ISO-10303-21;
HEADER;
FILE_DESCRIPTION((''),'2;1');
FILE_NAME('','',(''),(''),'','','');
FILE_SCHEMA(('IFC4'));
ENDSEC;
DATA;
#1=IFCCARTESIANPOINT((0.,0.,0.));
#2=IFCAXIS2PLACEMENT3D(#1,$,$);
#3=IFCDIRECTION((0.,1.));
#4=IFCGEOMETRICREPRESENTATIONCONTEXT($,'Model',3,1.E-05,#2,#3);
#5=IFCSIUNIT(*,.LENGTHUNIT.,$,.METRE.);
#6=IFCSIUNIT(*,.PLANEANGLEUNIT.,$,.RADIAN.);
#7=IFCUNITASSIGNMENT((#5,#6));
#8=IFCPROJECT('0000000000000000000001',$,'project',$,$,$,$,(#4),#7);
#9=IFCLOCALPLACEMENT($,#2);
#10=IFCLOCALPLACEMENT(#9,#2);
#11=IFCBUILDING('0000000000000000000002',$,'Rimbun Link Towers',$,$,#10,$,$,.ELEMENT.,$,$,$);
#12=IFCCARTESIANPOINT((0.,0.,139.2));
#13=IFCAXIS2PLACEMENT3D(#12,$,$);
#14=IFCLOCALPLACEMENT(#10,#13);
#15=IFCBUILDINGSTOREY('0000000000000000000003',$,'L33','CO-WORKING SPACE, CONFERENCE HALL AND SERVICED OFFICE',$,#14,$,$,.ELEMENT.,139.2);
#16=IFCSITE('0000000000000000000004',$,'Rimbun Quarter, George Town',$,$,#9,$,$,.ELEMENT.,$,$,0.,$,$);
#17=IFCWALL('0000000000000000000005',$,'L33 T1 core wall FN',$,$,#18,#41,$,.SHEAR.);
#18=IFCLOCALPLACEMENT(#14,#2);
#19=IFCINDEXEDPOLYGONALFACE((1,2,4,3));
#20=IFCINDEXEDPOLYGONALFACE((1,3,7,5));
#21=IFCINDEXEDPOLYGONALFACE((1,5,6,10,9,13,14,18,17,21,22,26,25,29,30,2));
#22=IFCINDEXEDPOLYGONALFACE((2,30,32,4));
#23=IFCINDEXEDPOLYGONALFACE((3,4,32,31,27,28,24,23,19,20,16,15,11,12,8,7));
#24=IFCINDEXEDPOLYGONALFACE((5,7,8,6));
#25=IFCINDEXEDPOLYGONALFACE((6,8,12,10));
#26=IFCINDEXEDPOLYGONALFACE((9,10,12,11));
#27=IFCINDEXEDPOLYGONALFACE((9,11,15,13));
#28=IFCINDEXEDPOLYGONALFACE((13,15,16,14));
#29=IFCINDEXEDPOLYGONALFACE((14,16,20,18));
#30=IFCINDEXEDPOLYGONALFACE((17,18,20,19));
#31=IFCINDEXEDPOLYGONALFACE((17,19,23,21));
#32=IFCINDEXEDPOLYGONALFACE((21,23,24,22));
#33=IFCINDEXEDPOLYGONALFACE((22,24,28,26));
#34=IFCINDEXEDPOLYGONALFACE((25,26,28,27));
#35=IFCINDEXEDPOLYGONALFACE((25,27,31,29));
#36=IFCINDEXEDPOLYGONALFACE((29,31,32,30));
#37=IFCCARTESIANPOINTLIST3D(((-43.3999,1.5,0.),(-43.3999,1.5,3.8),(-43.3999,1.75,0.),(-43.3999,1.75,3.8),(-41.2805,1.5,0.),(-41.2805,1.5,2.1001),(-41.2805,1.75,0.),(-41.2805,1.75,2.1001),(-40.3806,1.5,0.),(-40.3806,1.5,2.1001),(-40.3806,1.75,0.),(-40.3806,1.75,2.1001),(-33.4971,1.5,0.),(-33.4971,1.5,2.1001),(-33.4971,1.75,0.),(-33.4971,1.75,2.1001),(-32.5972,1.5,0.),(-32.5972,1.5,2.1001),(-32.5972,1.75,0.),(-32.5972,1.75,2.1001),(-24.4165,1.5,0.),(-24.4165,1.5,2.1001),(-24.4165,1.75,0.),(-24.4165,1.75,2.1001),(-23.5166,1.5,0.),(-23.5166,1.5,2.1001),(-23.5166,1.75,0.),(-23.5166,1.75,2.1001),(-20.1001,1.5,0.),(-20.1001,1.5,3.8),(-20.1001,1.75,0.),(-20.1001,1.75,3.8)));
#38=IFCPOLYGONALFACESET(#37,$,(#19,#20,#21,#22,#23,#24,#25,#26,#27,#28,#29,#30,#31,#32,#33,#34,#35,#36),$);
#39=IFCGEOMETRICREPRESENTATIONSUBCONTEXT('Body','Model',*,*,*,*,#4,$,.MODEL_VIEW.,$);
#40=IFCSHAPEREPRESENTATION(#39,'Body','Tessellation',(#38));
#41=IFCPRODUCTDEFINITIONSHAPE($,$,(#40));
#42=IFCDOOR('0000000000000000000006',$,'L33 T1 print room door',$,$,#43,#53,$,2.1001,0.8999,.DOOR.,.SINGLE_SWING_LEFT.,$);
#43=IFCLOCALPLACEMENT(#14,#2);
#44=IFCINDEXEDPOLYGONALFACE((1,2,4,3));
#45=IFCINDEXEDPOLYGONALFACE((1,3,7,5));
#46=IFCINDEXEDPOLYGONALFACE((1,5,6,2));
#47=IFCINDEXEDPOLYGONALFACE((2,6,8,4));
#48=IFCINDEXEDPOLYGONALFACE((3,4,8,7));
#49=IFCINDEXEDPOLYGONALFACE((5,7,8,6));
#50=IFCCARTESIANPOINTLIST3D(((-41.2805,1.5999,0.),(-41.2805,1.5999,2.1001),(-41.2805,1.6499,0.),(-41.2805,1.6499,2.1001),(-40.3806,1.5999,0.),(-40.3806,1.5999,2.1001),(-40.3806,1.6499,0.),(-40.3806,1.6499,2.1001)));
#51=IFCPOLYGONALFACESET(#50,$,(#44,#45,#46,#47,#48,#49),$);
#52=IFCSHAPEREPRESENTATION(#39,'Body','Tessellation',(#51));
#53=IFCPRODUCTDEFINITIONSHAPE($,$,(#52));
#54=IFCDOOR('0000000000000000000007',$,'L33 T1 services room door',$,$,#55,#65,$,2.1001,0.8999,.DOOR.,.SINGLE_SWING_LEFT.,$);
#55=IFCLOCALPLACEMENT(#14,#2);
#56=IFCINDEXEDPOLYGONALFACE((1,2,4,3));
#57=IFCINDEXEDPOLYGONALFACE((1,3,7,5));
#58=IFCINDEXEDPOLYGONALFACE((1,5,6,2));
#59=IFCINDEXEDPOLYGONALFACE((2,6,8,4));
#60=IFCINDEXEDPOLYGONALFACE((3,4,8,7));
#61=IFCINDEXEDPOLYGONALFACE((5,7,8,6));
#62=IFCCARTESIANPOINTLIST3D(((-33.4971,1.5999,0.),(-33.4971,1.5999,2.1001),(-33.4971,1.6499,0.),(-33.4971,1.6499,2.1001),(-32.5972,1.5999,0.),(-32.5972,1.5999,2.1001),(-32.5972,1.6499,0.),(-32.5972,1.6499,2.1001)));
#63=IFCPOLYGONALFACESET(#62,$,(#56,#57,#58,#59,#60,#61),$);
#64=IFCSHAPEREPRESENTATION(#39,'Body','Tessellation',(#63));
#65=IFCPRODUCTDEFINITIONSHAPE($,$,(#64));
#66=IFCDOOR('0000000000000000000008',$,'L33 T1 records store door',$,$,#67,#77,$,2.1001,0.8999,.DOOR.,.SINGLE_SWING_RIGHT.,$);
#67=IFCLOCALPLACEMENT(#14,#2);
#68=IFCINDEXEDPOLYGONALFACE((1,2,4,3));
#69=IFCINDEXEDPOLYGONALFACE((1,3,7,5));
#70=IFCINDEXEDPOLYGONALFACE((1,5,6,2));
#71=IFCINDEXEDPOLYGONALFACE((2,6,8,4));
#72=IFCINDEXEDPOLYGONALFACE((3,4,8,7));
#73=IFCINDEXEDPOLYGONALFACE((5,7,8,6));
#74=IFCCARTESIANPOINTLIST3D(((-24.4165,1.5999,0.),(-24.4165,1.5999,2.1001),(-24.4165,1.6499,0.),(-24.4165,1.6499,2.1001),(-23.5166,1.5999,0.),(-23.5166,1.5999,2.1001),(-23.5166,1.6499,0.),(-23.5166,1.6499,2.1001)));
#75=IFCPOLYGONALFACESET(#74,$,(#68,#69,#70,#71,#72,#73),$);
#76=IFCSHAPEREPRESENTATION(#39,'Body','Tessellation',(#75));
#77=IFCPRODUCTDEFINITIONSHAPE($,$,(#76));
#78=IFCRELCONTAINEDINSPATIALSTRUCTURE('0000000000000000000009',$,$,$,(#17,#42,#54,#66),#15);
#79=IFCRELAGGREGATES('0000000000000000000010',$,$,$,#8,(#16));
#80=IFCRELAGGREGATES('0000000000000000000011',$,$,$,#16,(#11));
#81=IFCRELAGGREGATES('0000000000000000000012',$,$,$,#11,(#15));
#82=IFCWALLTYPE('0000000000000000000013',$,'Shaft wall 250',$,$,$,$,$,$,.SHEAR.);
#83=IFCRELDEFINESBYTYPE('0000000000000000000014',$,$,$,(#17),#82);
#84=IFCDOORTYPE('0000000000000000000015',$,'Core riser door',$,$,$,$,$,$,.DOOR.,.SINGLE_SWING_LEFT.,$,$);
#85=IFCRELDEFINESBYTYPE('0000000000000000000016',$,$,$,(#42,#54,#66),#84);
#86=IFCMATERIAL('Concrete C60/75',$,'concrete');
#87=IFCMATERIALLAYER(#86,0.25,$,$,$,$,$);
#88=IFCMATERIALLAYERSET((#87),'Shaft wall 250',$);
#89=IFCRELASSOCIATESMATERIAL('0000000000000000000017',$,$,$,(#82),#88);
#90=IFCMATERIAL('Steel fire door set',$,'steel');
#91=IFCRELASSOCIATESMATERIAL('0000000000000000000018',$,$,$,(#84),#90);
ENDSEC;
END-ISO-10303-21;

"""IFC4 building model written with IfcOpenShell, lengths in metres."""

from ifc_helpers import new_model, si_unit, direction, frame, frame_2d, origin, place, context, subcontext, project, spatial, rectangle, extrude, material, layer, layer_set, type_object, element, fill, save


model = new_model("IFC4")

# Units and contexts
model_context = context("Model", 3, precision=1e-05, world=origin(), true_north=direction((0.0, 1.0)))
body_context = subcontext(model_context, "Body", "Model", "MODEL_VIEW")
ifc_project = project(units=[si_unit("LENGTHUNIT", "METRE"), si_unit("PLANEANGLEUNIT", "RADIAN")], contexts=[model_context])

# Site, building, storey
site_placement = place(None, origin())
site = spatial("IfcSite", under=ifc_project, at=site_placement, Name="Rimbun Quarter, George Town", CompositionType="ELEMENT", RefElevation=0.0)
building_placement = place(site_placement, origin())
building = spatial("IfcBuilding", under=site, at=building_placement, Name="Rimbun Link Towers", CompositionType="ELEMENT")
storey_placement = place(building_placement, frame((0.0, 0.0, 139.2)))
storey = spatial("IfcBuildingStorey", under=building, at=storey_placement, Name="L33", Description="CO-WORKING SPACE, CONFERENCE HALL AND SERVICED OFFICE", CompositionType="ELEMENT", Elevation=139.2)

# Shared definitions
ifc_material_1 = material(Name="Concrete C60/75", Category="concrete")
ifc_layer_1 = layer(ifc_material_1, 0.25)
ifc_layer_set_1 = layer_set([ifc_layer_1], Name="Shaft wall 250")
wall_type_1 = type_object("IfcWallType", Name="Shaft wall 250", PredefinedType="SHEAR", material=ifc_layer_set_1)

# Wall, openings, doors
wall_1_placement = place(storey_placement, frame((-43.3999, 1.625, 0.0), z_axis=(0.0, 0.0, 1.0), x_axis=(1.0, 0.0, 0.0)))
wall_1 = element("IfcWall", 1, at=wall_1_placement, inside=storey, type_object=wall_type_1, Name="L33 T1 core wall FN", PredefinedType="SHEAR", context=body_context, shape_type="SweptSolid", body=[
    extrude(rectangle(XDim=23.2998, YDim=0.25, at=frame_2d((11.6499, 0.0))), origin(), (0.0, 0.0, 1.0), 3.8),
])
opening_1_placement = place(wall_1_placement, frame((2.1194, 0.0, 0.0)))
opening_1 = element("IfcOpeningElement", 2, at=opening_1_placement, cuts=wall_1, PredefinedType="OPENING", context=body_context, shape_type="SweptSolid", body=[
    extrude(rectangle(XDim=0.8999, YDim=2.1001, at=frame_2d((0.45, 1.05))), frame((0.0, 0.135, 0.0), z_axis=(0.0, -1.0, 0.0), x_axis=(1.0, 0.0, 0.0)), (0.0, 0.0, 1.0), 0.27),
])
opening_2_placement = place(wall_1_placement, frame((9.9028, 0.0, 0.0)))
opening_2 = element("IfcOpeningElement", 3, at=opening_2_placement, cuts=wall_1, PredefinedType="OPENING", context=body_context, shape_type="SweptSolid", body=[
    extrude(rectangle(XDim=0.8999, YDim=2.1001, at=frame_2d((0.45, 1.05))), frame((0.0, 0.135, 0.0), z_axis=(0.0, -1.0, 0.0), x_axis=(1.0, 0.0, 0.0)), (0.0, 0.0, 1.0), 0.27),
])
opening_3_placement = place(wall_1_placement, frame((18.9834, 0.0, 0.0)))
opening_3 = element("IfcOpeningElement", 4, at=opening_3_placement, cuts=wall_1, PredefinedType="OPENING", context=body_context, shape_type="SweptSolid", body=[
    extrude(rectangle(XDim=0.8999, YDim=2.1001, at=frame_2d((0.45, 1.05))), frame((0.0, 0.135, 0.0), z_axis=(0.0, -1.0, 0.0), x_axis=(1.0, 0.0, 0.0)), (0.0, 0.0, 1.0), 0.27),
])
ifc_material_2 = material(Name="Steel fire door set", Category="steel")
door_type_1 = type_object("IfcDoorType", Name="Core riser door", OperationType="SINGLE_SWING_LEFT", PredefinedType="DOOR", material=ifc_material_2)
door_1_placement = place(opening_1_placement, origin())
door_1 = element("IfcDoor", 5, at=door_1_placement, inside=storey, type_object=door_type_1, Name="L33 T1 print room door", OperationType="SINGLE_SWING_LEFT", OverallHeight=2.1001, OverallWidth=0.8999, PredefinedType="DOOR", context=body_context, shape_type="SweptSolid", body=[
    extrude(rectangle(XDim=0.8999, YDim=2.1001, at=frame_2d((0.45, 1.05))), frame((0.0, 0.0249, 0.0), z_axis=(0.0, -1.0, 0.0), x_axis=(1.0, 0.0, 0.0)), (0.0, 0.0, 1.0), 0.05),
])
fill(opening_1, door_1)
door_2_placement = place(opening_2_placement, origin())
door_2 = element("IfcDoor", 6, at=door_2_placement, inside=storey, type_object=door_type_1, Name="L33 T1 services room door", OperationType="SINGLE_SWING_LEFT", OverallHeight=2.1001, OverallWidth=0.8999, PredefinedType="DOOR", context=body_context, shape_type="SweptSolid", body=[
    extrude(rectangle(XDim=0.8999, YDim=2.1001, at=frame_2d((0.45, 1.05))), frame((0.0, 0.0249, 0.0), z_axis=(0.0, -1.0, 0.0), x_axis=(1.0, 0.0, 0.0)), (0.0, 0.0, 1.0), 0.05),
])
fill(opening_2, door_2)
door_3_placement = place(opening_3_placement, origin())
door_3 = element("IfcDoor", 7, at=door_3_placement, inside=storey, type_object=door_type_1, Name="L33 T1 records store door", OperationType="SINGLE_SWING_RIGHT", OverallHeight=2.1001, OverallWidth=0.8999, PredefinedType="DOOR", context=body_context, shape_type="SweptSolid", body=[
    extrude(rectangle(XDim=0.8999, YDim=2.1001, at=frame_2d((0.45, 1.05))), frame((0.0, 0.0249, 0.0), z_axis=(0.0, -1.0, 0.0), x_axis=(1.0, 0.0, 0.0)), (0.0, 0.0, 1.0), 0.05),
])
fill(opening_3, door_3)

save(model, "model.ifc")
